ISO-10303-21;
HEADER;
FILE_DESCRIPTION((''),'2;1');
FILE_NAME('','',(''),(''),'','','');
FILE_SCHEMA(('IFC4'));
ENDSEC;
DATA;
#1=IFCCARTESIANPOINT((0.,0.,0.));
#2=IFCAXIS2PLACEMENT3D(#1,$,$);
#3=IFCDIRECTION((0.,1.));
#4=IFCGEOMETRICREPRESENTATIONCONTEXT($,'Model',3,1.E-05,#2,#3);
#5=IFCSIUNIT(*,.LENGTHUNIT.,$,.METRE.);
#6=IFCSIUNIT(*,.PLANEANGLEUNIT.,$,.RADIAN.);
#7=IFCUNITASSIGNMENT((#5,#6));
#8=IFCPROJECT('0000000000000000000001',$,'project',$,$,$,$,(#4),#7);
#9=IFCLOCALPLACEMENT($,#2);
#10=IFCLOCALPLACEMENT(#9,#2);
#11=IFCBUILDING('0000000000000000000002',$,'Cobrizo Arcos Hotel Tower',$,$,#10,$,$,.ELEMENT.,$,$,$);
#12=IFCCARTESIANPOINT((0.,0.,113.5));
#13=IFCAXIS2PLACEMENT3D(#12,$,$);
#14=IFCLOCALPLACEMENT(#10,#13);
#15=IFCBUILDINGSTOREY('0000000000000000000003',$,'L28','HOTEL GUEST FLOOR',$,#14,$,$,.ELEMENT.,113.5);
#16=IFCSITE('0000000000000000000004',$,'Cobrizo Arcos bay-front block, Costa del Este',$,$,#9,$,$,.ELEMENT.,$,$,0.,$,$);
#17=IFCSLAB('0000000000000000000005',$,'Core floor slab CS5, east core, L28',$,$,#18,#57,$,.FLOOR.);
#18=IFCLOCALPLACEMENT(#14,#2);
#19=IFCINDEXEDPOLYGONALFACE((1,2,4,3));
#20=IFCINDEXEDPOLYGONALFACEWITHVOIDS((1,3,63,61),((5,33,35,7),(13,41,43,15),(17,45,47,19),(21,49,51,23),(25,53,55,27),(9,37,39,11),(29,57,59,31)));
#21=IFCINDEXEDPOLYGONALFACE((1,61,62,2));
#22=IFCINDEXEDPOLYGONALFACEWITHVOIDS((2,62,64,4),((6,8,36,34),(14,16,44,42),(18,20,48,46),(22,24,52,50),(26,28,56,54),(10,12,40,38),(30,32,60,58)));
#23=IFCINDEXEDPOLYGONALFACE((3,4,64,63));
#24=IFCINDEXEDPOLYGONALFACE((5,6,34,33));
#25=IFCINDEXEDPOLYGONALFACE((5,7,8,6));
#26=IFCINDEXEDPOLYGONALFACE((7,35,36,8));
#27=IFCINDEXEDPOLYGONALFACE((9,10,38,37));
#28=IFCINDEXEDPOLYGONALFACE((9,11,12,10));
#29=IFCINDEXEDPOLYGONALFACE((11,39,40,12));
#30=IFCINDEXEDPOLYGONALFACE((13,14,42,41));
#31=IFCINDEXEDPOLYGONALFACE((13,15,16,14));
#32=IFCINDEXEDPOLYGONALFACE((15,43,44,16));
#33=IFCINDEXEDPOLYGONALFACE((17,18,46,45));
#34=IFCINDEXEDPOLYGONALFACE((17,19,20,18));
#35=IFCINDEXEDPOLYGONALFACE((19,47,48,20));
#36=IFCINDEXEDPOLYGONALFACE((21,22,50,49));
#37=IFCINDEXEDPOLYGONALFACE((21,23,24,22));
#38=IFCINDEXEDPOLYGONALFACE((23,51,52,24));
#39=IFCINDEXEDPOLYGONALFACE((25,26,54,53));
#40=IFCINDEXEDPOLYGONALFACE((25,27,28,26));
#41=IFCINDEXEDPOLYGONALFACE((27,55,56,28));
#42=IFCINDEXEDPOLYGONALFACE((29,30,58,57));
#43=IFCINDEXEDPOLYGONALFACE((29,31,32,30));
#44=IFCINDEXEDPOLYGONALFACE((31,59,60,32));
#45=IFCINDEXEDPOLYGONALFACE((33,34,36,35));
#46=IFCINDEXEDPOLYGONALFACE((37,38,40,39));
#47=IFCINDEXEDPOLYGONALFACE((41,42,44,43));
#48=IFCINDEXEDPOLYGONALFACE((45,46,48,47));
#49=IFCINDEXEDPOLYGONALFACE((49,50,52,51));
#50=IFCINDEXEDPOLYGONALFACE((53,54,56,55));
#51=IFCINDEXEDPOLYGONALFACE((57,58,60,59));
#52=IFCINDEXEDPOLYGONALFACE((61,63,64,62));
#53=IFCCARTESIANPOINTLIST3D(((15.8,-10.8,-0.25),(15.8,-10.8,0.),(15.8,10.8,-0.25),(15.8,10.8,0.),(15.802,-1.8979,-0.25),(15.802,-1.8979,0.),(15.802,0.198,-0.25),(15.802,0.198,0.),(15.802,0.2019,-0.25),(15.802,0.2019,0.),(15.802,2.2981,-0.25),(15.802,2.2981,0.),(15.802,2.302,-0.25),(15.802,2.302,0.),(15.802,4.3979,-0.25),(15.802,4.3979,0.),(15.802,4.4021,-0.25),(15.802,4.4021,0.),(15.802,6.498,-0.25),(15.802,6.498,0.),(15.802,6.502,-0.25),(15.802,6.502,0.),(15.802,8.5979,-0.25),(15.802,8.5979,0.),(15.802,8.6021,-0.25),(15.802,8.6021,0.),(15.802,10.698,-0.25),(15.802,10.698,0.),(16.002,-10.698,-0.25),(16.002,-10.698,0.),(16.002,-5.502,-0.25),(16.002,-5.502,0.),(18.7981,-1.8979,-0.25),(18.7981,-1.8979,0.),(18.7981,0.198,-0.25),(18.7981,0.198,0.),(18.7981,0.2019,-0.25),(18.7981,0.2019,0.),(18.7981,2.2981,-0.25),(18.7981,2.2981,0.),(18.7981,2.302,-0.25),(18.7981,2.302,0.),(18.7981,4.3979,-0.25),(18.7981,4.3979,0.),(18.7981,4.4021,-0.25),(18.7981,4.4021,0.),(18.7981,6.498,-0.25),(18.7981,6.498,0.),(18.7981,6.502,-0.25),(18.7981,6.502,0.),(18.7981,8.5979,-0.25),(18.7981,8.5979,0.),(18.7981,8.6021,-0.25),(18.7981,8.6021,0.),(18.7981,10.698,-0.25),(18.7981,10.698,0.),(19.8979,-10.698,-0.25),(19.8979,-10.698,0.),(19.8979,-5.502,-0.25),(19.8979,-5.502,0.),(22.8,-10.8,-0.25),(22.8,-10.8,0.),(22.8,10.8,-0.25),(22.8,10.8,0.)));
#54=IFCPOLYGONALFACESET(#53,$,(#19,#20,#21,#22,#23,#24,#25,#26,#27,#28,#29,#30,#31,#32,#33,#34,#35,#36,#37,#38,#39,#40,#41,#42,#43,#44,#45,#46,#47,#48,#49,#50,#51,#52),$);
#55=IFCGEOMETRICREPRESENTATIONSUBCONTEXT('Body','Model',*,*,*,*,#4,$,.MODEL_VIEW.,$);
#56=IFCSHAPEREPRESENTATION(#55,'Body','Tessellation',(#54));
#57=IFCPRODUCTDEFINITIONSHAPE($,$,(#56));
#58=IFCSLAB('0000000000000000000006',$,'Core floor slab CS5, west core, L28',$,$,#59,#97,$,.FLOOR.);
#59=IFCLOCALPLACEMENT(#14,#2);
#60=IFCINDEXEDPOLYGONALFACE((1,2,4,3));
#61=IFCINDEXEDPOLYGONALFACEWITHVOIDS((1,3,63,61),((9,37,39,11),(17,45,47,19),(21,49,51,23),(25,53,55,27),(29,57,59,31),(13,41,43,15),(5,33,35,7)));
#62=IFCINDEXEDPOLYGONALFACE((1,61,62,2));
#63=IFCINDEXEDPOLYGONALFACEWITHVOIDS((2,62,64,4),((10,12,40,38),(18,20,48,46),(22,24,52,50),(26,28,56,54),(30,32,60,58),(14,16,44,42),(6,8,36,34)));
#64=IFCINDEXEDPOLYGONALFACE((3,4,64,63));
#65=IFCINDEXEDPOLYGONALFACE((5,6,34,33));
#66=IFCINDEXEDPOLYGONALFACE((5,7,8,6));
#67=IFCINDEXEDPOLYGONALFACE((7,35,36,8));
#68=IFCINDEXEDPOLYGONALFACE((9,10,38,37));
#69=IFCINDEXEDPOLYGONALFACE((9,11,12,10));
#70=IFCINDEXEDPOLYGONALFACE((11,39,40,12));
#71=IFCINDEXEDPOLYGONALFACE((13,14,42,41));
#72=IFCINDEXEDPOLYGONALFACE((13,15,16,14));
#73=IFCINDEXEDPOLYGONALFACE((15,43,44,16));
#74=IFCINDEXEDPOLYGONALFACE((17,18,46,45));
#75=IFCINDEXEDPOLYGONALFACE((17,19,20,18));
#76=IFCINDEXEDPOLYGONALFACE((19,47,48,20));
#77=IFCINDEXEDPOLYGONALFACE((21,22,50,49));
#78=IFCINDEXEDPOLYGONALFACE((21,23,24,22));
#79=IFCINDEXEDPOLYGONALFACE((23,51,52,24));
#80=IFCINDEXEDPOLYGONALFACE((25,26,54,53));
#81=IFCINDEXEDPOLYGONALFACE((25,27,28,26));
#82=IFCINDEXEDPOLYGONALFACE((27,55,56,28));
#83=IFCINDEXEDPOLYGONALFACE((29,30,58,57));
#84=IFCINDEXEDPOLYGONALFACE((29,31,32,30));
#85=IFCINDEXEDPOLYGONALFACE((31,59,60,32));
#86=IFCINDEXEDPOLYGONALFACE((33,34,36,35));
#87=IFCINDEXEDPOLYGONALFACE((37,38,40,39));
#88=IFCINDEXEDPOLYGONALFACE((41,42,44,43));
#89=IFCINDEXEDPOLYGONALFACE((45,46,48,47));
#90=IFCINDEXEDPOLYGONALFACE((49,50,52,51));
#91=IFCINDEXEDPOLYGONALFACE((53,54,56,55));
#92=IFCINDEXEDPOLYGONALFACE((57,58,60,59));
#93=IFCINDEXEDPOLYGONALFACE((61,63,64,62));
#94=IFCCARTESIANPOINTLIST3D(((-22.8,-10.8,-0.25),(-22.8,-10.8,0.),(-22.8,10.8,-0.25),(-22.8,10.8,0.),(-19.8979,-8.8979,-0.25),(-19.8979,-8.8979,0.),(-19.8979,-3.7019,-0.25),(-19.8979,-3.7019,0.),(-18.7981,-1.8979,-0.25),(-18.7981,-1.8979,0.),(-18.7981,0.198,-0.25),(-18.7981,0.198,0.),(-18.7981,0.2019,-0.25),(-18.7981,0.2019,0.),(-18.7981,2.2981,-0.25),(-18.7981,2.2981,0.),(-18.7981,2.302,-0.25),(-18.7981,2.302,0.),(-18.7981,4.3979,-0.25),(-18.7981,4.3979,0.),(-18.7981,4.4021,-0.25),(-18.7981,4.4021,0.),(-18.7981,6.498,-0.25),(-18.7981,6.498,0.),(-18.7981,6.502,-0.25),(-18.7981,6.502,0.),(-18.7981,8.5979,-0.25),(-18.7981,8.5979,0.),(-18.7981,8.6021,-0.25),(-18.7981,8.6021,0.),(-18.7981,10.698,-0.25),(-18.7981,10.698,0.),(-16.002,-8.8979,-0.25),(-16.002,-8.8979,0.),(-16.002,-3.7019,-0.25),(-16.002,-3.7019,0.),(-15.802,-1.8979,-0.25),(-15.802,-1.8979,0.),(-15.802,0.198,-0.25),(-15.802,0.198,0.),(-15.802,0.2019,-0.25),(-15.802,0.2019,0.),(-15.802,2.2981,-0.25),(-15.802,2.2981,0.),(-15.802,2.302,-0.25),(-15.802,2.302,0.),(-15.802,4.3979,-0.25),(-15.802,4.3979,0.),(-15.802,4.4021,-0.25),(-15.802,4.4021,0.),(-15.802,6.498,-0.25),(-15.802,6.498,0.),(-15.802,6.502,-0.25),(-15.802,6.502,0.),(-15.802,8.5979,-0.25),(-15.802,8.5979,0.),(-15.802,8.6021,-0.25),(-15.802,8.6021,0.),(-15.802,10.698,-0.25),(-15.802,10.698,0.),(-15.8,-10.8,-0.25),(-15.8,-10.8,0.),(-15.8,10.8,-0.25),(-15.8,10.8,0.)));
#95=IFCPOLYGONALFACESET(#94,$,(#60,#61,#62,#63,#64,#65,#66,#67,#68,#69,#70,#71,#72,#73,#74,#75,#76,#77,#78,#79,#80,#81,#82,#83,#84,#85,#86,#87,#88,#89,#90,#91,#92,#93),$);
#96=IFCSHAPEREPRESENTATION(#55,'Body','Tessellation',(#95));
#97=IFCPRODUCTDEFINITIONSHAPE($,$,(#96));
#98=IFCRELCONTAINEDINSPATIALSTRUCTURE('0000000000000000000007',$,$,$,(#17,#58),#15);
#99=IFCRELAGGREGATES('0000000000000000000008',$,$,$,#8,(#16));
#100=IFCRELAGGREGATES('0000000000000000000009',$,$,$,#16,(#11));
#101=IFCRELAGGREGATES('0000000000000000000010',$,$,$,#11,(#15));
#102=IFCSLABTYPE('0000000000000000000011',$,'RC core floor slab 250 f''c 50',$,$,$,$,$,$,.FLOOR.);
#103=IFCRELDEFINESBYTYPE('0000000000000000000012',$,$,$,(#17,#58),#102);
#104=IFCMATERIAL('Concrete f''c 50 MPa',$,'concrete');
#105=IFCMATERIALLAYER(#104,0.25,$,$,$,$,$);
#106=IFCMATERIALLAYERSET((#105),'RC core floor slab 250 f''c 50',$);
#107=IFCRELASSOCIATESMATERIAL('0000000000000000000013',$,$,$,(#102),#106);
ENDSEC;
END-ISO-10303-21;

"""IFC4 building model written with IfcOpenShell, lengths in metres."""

from ifc_helpers import new_model, si_unit, direction, frame, origin, place, context, subcontext, project, spatial, polyline, outline, extrude, material, layer, layer_set, type_object, element, save


model = new_model("IFC4")

# Units and contexts
model_context = context("Model", 3, precision=1e-05, world=origin(), true_north=direction((0.0, 1.0)))
body_context = subcontext(model_context, "Body", "Model", "MODEL_VIEW")
ifc_project = project(units=[si_unit("LENGTHUNIT", "METRE"), si_unit("PLANEANGLEUNIT", "RADIAN")], contexts=[model_context])

# Site, building, storey
site_placement = place(None, origin())
site = spatial("IfcSite", under=ifc_project, at=site_placement, Name="Cobrizo Arcos bay-front block, Costa del Este", CompositionType="ELEMENT", RefElevation=0.0)
building_placement = place(site_placement, origin())
building = spatial("IfcBuilding", under=site, at=building_placement, Name="Cobrizo Arcos Hotel Tower", CompositionType="ELEMENT")
storey_placement = place(building_placement, frame((0.0, 0.0, 113.5)))
storey = spatial("IfcBuildingStorey", under=building, at=storey_placement, Name="L28", Description="HOTEL GUEST FLOOR", CompositionType="ELEMENT", Elevation=113.5)

# Slabs
ifc_material_1 = material(Name="Concrete f'c 50 MPa", Category="concrete")
ifc_layer_1 = layer(ifc_material_1, 0.25)
ifc_layer_set_1 = layer_set([ifc_layer_1], Name="RC core floor slab 250 f'c 50")
slab_type_1 = type_object("IfcSlabType", Name="RC core floor slab 250 f'c 50", PredefinedType="FLOOR", material=ifc_layer_set_1)
slab_1_placement = place(storey_placement, frame((0.0, 0.0, -0.25)))
element("IfcSlab", 1, at=slab_1_placement, inside=storey, type_object=slab_type_1, Name="Core floor slab CS5, east core, L28", PredefinedType="FLOOR", context=body_context, shape_type="SweptSolid", body=[
    extrude(outline(polyline([(15.8, 10.8), (22.8, 10.8), (22.8, -10.8), (15.8, -10.8), (15.8, 10.8)]), holes=[polyline([(19.8979, -10.698), (19.8979, -5.502), (16.002, -5.502), (16.002, -10.698), (19.8979, -10.698)]), polyline([(15.802, 0.198), (15.802, -1.8979), (18.7981, -1.8979), (18.7981, 0.198), (15.802, 0.198)]), polyline([(18.7981, 2.2981), (15.802, 2.2981), (15.802, 0.2019), (18.7981, 0.2019), (18.7981, 2.2981)]), polyline([(18.7981, 4.3979), (15.802, 4.3979), (15.802, 2.302), (18.7981, 2.302), (18.7981, 4.3979)]), polyline([(15.802, 6.498), (15.802, 4.4021), (18.7981, 4.4021), (18.7981, 6.498), (15.802, 6.498)]), polyline([(18.7981, 8.5979), (15.802, 8.5979), (15.802, 6.502), (18.7981, 6.502), (18.7981, 8.5979)]), polyline([(18.7981, 10.698), (15.802, 10.698), (15.802, 8.6021), (18.7981, 8.6021), (18.7981, 10.698)])]), origin(), (0.0, 0.0, 1.0), 0.25),
])
slab_2_placement = place(storey_placement, frame((0.0, 0.0, -0.25)))
element("IfcSlab", 2, at=slab_2_placement, inside=storey, type_object=slab_type_1, Name="Core floor slab CS5, west core, L28", PredefinedType="FLOOR", context=body_context, shape_type="SweptSolid", body=[
    extrude(outline(polyline([(-22.8, 10.8), (-15.8, 10.8), (-15.8, -10.8), (-22.8, -10.8), (-22.8, 10.8)]), holes=[polyline([(-19.8979, -3.7019), (-19.8979, -8.8979), (-16.002, -8.8979), (-16.002, -3.7019), (-19.8979, -3.7019)]), polyline([(-18.7981, 0.198), (-18.7981, -1.8979), (-15.802, -1.8979), (-15.802, 0.198), (-18.7981, 0.198)]), polyline([(-15.802, 2.2981), (-18.7981, 2.2981), (-18.7981, 0.2019), (-15.802, 0.2019), (-15.802, 2.2981)]), polyline([(-15.802, 4.3979), (-18.7981, 4.3979), (-18.7981, 2.302), (-15.802, 2.302), (-15.802, 4.3979)]), polyline([(-18.7981, 6.498), (-18.7981, 4.4021), (-15.802, 4.4021), (-15.802, 6.498), (-18.7981, 6.498)]), polyline([(-15.802, 8.5979), (-18.7981, 8.5979), (-18.7981, 6.502), (-15.802, 6.502), (-15.802, 8.5979)]), polyline([(-15.802, 10.698), (-18.7981, 10.698), (-18.7981, 8.6021), (-15.802, 8.6021), (-15.802, 10.698)])]), origin(), (0.0, 0.0, 1.0), 0.25),
])

save(model, "model.ifc")
